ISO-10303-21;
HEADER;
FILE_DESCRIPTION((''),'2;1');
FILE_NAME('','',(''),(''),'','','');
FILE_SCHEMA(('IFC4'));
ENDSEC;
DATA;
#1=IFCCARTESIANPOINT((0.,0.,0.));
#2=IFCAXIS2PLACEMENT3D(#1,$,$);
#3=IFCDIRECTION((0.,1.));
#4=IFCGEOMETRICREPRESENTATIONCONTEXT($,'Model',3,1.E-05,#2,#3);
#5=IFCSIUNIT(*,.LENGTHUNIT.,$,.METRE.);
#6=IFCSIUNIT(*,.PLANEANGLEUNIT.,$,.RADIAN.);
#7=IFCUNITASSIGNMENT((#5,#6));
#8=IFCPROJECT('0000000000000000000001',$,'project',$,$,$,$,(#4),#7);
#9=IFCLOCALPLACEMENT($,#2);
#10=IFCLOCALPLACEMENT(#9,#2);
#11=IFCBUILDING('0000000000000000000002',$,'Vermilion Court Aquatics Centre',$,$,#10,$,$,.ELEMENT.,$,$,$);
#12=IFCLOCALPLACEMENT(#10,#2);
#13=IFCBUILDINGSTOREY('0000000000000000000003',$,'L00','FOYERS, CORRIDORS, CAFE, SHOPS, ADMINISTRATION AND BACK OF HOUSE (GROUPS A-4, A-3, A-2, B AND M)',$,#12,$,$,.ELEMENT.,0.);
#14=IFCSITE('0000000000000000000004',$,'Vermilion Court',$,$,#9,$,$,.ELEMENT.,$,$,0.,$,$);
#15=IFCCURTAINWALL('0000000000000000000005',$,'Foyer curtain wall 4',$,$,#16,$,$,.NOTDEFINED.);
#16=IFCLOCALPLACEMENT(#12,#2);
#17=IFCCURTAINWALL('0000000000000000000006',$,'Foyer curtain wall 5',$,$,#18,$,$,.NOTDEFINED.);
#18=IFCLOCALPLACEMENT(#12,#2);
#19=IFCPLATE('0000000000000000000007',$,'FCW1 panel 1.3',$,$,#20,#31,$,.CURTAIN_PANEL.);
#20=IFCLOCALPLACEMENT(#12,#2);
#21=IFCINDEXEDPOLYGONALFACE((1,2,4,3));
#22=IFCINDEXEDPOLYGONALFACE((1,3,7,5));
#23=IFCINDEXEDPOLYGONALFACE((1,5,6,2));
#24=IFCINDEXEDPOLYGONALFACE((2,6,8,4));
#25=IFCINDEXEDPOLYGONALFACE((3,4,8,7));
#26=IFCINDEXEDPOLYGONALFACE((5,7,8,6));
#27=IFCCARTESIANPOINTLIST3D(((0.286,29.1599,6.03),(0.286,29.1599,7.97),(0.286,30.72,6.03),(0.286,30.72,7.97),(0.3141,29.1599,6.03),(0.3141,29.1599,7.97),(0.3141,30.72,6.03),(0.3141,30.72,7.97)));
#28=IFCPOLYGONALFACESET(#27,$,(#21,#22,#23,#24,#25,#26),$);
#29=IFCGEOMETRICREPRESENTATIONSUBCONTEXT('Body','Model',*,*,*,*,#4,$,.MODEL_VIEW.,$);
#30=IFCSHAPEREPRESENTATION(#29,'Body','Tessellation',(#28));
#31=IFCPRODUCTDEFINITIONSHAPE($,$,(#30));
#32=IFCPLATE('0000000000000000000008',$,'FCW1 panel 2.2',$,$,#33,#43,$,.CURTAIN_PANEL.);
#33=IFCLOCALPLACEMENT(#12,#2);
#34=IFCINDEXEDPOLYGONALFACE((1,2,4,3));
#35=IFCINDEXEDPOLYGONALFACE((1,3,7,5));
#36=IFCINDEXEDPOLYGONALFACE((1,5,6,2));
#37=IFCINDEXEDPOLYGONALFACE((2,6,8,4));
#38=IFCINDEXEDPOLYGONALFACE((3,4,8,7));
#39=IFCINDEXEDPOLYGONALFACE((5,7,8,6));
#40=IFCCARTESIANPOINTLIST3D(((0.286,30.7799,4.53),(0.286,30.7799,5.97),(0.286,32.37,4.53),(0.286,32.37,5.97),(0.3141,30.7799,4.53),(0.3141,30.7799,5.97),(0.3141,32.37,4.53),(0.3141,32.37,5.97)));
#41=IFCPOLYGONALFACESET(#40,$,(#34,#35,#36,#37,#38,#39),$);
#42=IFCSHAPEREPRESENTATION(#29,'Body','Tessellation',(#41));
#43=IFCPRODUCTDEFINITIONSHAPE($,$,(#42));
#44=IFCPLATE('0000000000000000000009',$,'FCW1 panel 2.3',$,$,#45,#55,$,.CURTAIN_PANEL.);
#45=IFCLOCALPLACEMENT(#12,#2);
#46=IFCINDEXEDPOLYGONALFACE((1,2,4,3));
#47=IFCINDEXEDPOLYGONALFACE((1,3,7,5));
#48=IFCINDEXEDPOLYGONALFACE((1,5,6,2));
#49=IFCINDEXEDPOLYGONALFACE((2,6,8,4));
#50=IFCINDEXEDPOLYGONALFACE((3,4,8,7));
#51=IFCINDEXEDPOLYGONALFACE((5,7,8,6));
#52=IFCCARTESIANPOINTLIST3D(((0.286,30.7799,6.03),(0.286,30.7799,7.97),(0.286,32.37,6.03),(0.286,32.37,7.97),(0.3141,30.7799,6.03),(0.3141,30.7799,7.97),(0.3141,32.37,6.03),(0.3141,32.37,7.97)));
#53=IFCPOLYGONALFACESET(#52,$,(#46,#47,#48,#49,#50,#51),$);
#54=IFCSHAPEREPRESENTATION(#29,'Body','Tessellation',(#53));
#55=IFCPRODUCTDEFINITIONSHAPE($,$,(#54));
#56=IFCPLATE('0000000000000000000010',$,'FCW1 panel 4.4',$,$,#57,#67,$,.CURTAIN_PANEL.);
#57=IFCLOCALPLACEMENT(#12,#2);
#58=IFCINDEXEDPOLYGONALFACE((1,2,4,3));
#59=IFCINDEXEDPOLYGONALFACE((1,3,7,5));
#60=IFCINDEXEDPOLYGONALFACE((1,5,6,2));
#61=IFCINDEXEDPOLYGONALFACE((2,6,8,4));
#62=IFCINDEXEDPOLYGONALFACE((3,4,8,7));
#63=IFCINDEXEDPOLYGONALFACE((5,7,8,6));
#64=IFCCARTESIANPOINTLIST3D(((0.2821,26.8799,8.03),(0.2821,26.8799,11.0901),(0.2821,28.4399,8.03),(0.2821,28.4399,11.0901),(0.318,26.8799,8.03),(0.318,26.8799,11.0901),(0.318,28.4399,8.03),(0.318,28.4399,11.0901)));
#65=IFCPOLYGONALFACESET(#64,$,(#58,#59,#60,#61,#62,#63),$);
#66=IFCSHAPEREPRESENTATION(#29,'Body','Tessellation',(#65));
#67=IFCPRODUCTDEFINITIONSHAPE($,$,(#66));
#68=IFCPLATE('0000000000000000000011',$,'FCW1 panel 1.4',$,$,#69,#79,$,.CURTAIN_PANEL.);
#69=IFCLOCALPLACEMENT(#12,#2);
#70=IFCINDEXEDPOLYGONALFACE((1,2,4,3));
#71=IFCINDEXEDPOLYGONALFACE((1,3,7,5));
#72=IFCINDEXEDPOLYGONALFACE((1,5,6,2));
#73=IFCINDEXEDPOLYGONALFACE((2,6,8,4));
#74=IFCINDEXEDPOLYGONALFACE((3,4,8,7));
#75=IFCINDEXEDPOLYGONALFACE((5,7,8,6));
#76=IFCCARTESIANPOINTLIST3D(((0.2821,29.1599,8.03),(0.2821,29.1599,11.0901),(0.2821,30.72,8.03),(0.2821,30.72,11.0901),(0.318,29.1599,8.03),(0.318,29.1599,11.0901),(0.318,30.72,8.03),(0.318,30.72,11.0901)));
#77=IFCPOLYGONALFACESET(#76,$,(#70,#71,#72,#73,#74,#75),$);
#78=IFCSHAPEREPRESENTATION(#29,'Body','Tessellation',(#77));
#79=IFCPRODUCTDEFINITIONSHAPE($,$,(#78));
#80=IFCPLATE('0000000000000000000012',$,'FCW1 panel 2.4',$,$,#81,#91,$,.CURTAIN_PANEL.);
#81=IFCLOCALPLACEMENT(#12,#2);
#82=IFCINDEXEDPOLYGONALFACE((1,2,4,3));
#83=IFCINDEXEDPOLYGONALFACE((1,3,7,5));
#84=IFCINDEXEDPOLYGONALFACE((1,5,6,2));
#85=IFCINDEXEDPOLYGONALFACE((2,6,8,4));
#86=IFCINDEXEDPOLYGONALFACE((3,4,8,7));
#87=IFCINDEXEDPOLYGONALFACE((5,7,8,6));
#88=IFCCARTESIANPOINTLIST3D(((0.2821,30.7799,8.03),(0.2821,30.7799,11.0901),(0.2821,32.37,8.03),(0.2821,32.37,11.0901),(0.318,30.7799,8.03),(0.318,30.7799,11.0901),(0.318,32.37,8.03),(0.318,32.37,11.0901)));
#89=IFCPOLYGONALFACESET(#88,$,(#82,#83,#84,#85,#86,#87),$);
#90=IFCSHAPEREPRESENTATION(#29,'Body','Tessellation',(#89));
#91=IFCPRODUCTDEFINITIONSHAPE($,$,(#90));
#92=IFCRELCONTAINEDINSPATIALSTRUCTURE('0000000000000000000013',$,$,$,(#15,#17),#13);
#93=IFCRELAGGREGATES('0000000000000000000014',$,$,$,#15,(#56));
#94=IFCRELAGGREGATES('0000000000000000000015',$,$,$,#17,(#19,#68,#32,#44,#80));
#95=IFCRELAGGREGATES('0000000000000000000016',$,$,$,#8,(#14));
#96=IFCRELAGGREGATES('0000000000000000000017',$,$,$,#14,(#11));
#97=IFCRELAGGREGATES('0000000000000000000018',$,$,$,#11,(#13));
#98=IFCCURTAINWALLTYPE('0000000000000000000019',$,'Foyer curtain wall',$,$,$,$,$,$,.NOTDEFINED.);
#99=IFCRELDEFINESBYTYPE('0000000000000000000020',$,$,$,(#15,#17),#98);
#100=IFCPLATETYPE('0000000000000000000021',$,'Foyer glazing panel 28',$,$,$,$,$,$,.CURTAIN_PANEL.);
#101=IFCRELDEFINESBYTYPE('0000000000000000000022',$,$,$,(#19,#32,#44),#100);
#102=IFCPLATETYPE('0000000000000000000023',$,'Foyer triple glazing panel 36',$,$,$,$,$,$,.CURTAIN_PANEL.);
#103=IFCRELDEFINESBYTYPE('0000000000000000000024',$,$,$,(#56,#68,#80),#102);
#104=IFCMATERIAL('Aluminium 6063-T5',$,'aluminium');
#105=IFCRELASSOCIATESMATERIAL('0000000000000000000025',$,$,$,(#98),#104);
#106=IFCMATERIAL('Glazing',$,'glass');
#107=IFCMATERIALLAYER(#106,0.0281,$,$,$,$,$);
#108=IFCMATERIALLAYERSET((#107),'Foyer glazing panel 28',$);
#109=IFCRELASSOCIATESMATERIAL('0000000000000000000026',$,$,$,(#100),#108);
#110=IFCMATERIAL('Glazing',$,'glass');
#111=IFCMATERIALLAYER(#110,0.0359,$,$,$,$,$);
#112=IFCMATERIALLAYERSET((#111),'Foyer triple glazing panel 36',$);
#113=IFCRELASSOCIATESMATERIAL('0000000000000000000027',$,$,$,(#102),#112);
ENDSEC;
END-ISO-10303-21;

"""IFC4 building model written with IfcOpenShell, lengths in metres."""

from ifc_helpers import new_model, si_unit, direction, frame, origin, origin_2d, place, context, subcontext, project, spatial, rectangle, extrude, material, layer, layer_set, type_object, element, aggregate, save


model = new_model("IFC4")

# Units and contexts
model_context = context("Model", 3, precision=1e-05, world=origin(), true_north=direction((0.0, 1.0)))
body_context = subcontext(model_context, "Body", "Model", "MODEL_VIEW")
ifc_project = project(units=[si_unit("LENGTHUNIT", "METRE"), si_unit("PLANEANGLEUNIT", "RADIAN")], contexts=[model_context])

# Site, building, storey
site_placement = place(None, origin())
site = spatial("IfcSite", under=ifc_project, at=site_placement, Name="Vermilion Court", CompositionType="ELEMENT", RefElevation=0.0)
building_placement = place(site_placement, origin())
building = spatial("IfcBuilding", under=site, at=building_placement, Name="Vermilion Court Aquatics Centre", CompositionType="ELEMENT")
storey_placement = place(building_placement, origin())
storey = spatial("IfcBuildingStorey", under=building, at=storey_placement, Name="L00", Description="FOYERS, CORRIDORS, CAFE, SHOPS, ADMINISTRATION AND BACK OF HOUSE (GROUPS A-4, A-3, A-2, B AND M)", CompositionType="ELEMENT", Elevation=0.0)

# Curtain walls
ifc_material_1 = material(Name="Aluminium 6063-T5", Category="aluminium")
curtain_wall_type = type_object("IfcCurtainWallType", Name="Foyer curtain wall", PredefinedType="NOTDEFINED", material=ifc_material_1)
curtain_wall_1_placement = place(storey_placement, origin())
curtain_wall_1 = element("IfcCurtainWall", 1, at=curtain_wall_1_placement, inside=storey, type_object=curtain_wall_type, Name="Foyer curtain wall 4", PredefinedType="NOTDEFINED")
curtain_wall_2_placement = place(storey_placement, origin())
curtain_wall_2 = element("IfcCurtainWall", 2, at=curtain_wall_2_placement, inside=storey, type_object=curtain_wall_type, Name="Foyer curtain wall 5", PredefinedType="NOTDEFINED")

# Plates
ifc_material_2 = material(Name="Glazing", Category="glass")
ifc_layer_1 = layer(ifc_material_2, 0.0281)
ifc_layer_set_1 = layer_set([ifc_layer_1], Name="Foyer glazing panel 28")
plate_type_1 = type_object("IfcPlateType", Name="Foyer glazing panel 28", PredefinedType="CURTAIN_PANEL", material=ifc_layer_set_1)
plate_1_placement = place(storey_placement, frame((0.3, 29.9399, 6.03), z_axis=(0.0, 0.0, 1.0), x_axis=(0.0, 1.0, 0.0)))
plate_1 = element("IfcPlate", 3, at=plate_1_placement, type_object=plate_type_1, Name="FCW1 panel 1.3", PredefinedType="CURTAIN_PANEL", context=body_context, shape_type="SweptSolid", body=[
    extrude(rectangle(XDim=1.5601, YDim=0.0281, at=origin_2d()), origin(), (0.0, 0.0, 1.0), 1.9399),
])
plate_2_placement = place(storey_placement, frame((0.3, 31.575, 4.53), z_axis=(0.0, 0.0, 1.0), x_axis=(0.0, 1.0, 0.0)))
plate_2 = element("IfcPlate", 4, at=plate_2_placement, type_object=plate_type_1, Name="FCW1 panel 2.2", PredefinedType="CURTAIN_PANEL", context=body_context, shape_type="SweptSolid", body=[
    extrude(rectangle(XDim=1.5901, YDim=0.0281, at=origin_2d()), origin(), (0.0, 0.0, 1.0), 1.4399),
])
plate_3_placement = place(storey_placement, frame((0.3, 31.575, 6.03), z_axis=(0.0, 0.0, 1.0), x_axis=(0.0, 1.0, 0.0)))
plate_3 = element("IfcPlate", 5, at=plate_3_placement, type_object=plate_type_1, Name="FCW1 panel 2.3", PredefinedType="CURTAIN_PANEL", context=body_context, shape_type="SweptSolid", body=[
    extrude(rectangle(XDim=1.5901, YDim=0.0281, at=origin_2d()), origin(), (0.0, 0.0, 1.0), 1.9399),
])
ifc_material_3 = material(Name="Glazing", Category="glass")
ifc_layer_2 = layer(ifc_material_3, 0.0359)
ifc_layer_set_2 = layer_set([ifc_layer_2], Name="Foyer triple glazing panel 36")
plate_type_2 = type_object("IfcPlateType", Name="Foyer triple glazing panel 36", PredefinedType="CURTAIN_PANEL", material=ifc_layer_set_2)
plate_4_placement = place(storey_placement, frame((0.3, 27.6599, 8.03), z_axis=(0.0, 0.0, 1.0), x_axis=(0.0, 1.0, 0.0)))
plate_4 = element("IfcPlate", 6, at=plate_4_placement, type_object=plate_type_2, Name="FCW1 panel 4.4", PredefinedType="CURTAIN_PANEL", context=body_context, shape_type="SweptSolid", body=[
    extrude(rectangle(XDim=1.5601, YDim=0.0359, at=origin_2d()), origin(), (0.0, 0.0, 1.0), 3.0601),
])
aggregate(curtain_wall_1, [plate_4])
plate_5_placement = place(storey_placement, frame((0.3, 29.9399, 8.03), z_axis=(0.0, 0.0, 1.0), x_axis=(0.0, 1.0, 0.0)))
plate_5 = element("IfcPlate", 7, at=plate_5_placement, type_object=plate_type_2, Name="FCW1 panel 1.4", PredefinedType="CURTAIN_PANEL", context=body_context, shape_type="SweptSolid", body=[
    extrude(rectangle(XDim=1.5601, YDim=0.0359, at=origin_2d()), origin(), (0.0, 0.0, 1.0), 3.0601),
])
plate_6_placement = place(storey_placement, frame((0.3, 31.575, 8.03), z_axis=(0.0, 0.0, 1.0), x_axis=(0.0, 1.0, 0.0)))
plate_6 = element("IfcPlate", 8, at=plate_6_placement, type_object=plate_type_2, Name="FCW1 panel 2.4", PredefinedType="CURTAIN_PANEL", context=body_context, shape_type="SweptSolid", body=[
    extrude(rectangle(XDim=1.5901, YDim=0.0359, at=origin_2d()), origin(), (0.0, 0.0, 1.0), 3.0601),
])
aggregate(curtain_wall_2, [plate_1, plate_5, plate_2, plate_3, plate_6])

save(model, "model.ifc")
